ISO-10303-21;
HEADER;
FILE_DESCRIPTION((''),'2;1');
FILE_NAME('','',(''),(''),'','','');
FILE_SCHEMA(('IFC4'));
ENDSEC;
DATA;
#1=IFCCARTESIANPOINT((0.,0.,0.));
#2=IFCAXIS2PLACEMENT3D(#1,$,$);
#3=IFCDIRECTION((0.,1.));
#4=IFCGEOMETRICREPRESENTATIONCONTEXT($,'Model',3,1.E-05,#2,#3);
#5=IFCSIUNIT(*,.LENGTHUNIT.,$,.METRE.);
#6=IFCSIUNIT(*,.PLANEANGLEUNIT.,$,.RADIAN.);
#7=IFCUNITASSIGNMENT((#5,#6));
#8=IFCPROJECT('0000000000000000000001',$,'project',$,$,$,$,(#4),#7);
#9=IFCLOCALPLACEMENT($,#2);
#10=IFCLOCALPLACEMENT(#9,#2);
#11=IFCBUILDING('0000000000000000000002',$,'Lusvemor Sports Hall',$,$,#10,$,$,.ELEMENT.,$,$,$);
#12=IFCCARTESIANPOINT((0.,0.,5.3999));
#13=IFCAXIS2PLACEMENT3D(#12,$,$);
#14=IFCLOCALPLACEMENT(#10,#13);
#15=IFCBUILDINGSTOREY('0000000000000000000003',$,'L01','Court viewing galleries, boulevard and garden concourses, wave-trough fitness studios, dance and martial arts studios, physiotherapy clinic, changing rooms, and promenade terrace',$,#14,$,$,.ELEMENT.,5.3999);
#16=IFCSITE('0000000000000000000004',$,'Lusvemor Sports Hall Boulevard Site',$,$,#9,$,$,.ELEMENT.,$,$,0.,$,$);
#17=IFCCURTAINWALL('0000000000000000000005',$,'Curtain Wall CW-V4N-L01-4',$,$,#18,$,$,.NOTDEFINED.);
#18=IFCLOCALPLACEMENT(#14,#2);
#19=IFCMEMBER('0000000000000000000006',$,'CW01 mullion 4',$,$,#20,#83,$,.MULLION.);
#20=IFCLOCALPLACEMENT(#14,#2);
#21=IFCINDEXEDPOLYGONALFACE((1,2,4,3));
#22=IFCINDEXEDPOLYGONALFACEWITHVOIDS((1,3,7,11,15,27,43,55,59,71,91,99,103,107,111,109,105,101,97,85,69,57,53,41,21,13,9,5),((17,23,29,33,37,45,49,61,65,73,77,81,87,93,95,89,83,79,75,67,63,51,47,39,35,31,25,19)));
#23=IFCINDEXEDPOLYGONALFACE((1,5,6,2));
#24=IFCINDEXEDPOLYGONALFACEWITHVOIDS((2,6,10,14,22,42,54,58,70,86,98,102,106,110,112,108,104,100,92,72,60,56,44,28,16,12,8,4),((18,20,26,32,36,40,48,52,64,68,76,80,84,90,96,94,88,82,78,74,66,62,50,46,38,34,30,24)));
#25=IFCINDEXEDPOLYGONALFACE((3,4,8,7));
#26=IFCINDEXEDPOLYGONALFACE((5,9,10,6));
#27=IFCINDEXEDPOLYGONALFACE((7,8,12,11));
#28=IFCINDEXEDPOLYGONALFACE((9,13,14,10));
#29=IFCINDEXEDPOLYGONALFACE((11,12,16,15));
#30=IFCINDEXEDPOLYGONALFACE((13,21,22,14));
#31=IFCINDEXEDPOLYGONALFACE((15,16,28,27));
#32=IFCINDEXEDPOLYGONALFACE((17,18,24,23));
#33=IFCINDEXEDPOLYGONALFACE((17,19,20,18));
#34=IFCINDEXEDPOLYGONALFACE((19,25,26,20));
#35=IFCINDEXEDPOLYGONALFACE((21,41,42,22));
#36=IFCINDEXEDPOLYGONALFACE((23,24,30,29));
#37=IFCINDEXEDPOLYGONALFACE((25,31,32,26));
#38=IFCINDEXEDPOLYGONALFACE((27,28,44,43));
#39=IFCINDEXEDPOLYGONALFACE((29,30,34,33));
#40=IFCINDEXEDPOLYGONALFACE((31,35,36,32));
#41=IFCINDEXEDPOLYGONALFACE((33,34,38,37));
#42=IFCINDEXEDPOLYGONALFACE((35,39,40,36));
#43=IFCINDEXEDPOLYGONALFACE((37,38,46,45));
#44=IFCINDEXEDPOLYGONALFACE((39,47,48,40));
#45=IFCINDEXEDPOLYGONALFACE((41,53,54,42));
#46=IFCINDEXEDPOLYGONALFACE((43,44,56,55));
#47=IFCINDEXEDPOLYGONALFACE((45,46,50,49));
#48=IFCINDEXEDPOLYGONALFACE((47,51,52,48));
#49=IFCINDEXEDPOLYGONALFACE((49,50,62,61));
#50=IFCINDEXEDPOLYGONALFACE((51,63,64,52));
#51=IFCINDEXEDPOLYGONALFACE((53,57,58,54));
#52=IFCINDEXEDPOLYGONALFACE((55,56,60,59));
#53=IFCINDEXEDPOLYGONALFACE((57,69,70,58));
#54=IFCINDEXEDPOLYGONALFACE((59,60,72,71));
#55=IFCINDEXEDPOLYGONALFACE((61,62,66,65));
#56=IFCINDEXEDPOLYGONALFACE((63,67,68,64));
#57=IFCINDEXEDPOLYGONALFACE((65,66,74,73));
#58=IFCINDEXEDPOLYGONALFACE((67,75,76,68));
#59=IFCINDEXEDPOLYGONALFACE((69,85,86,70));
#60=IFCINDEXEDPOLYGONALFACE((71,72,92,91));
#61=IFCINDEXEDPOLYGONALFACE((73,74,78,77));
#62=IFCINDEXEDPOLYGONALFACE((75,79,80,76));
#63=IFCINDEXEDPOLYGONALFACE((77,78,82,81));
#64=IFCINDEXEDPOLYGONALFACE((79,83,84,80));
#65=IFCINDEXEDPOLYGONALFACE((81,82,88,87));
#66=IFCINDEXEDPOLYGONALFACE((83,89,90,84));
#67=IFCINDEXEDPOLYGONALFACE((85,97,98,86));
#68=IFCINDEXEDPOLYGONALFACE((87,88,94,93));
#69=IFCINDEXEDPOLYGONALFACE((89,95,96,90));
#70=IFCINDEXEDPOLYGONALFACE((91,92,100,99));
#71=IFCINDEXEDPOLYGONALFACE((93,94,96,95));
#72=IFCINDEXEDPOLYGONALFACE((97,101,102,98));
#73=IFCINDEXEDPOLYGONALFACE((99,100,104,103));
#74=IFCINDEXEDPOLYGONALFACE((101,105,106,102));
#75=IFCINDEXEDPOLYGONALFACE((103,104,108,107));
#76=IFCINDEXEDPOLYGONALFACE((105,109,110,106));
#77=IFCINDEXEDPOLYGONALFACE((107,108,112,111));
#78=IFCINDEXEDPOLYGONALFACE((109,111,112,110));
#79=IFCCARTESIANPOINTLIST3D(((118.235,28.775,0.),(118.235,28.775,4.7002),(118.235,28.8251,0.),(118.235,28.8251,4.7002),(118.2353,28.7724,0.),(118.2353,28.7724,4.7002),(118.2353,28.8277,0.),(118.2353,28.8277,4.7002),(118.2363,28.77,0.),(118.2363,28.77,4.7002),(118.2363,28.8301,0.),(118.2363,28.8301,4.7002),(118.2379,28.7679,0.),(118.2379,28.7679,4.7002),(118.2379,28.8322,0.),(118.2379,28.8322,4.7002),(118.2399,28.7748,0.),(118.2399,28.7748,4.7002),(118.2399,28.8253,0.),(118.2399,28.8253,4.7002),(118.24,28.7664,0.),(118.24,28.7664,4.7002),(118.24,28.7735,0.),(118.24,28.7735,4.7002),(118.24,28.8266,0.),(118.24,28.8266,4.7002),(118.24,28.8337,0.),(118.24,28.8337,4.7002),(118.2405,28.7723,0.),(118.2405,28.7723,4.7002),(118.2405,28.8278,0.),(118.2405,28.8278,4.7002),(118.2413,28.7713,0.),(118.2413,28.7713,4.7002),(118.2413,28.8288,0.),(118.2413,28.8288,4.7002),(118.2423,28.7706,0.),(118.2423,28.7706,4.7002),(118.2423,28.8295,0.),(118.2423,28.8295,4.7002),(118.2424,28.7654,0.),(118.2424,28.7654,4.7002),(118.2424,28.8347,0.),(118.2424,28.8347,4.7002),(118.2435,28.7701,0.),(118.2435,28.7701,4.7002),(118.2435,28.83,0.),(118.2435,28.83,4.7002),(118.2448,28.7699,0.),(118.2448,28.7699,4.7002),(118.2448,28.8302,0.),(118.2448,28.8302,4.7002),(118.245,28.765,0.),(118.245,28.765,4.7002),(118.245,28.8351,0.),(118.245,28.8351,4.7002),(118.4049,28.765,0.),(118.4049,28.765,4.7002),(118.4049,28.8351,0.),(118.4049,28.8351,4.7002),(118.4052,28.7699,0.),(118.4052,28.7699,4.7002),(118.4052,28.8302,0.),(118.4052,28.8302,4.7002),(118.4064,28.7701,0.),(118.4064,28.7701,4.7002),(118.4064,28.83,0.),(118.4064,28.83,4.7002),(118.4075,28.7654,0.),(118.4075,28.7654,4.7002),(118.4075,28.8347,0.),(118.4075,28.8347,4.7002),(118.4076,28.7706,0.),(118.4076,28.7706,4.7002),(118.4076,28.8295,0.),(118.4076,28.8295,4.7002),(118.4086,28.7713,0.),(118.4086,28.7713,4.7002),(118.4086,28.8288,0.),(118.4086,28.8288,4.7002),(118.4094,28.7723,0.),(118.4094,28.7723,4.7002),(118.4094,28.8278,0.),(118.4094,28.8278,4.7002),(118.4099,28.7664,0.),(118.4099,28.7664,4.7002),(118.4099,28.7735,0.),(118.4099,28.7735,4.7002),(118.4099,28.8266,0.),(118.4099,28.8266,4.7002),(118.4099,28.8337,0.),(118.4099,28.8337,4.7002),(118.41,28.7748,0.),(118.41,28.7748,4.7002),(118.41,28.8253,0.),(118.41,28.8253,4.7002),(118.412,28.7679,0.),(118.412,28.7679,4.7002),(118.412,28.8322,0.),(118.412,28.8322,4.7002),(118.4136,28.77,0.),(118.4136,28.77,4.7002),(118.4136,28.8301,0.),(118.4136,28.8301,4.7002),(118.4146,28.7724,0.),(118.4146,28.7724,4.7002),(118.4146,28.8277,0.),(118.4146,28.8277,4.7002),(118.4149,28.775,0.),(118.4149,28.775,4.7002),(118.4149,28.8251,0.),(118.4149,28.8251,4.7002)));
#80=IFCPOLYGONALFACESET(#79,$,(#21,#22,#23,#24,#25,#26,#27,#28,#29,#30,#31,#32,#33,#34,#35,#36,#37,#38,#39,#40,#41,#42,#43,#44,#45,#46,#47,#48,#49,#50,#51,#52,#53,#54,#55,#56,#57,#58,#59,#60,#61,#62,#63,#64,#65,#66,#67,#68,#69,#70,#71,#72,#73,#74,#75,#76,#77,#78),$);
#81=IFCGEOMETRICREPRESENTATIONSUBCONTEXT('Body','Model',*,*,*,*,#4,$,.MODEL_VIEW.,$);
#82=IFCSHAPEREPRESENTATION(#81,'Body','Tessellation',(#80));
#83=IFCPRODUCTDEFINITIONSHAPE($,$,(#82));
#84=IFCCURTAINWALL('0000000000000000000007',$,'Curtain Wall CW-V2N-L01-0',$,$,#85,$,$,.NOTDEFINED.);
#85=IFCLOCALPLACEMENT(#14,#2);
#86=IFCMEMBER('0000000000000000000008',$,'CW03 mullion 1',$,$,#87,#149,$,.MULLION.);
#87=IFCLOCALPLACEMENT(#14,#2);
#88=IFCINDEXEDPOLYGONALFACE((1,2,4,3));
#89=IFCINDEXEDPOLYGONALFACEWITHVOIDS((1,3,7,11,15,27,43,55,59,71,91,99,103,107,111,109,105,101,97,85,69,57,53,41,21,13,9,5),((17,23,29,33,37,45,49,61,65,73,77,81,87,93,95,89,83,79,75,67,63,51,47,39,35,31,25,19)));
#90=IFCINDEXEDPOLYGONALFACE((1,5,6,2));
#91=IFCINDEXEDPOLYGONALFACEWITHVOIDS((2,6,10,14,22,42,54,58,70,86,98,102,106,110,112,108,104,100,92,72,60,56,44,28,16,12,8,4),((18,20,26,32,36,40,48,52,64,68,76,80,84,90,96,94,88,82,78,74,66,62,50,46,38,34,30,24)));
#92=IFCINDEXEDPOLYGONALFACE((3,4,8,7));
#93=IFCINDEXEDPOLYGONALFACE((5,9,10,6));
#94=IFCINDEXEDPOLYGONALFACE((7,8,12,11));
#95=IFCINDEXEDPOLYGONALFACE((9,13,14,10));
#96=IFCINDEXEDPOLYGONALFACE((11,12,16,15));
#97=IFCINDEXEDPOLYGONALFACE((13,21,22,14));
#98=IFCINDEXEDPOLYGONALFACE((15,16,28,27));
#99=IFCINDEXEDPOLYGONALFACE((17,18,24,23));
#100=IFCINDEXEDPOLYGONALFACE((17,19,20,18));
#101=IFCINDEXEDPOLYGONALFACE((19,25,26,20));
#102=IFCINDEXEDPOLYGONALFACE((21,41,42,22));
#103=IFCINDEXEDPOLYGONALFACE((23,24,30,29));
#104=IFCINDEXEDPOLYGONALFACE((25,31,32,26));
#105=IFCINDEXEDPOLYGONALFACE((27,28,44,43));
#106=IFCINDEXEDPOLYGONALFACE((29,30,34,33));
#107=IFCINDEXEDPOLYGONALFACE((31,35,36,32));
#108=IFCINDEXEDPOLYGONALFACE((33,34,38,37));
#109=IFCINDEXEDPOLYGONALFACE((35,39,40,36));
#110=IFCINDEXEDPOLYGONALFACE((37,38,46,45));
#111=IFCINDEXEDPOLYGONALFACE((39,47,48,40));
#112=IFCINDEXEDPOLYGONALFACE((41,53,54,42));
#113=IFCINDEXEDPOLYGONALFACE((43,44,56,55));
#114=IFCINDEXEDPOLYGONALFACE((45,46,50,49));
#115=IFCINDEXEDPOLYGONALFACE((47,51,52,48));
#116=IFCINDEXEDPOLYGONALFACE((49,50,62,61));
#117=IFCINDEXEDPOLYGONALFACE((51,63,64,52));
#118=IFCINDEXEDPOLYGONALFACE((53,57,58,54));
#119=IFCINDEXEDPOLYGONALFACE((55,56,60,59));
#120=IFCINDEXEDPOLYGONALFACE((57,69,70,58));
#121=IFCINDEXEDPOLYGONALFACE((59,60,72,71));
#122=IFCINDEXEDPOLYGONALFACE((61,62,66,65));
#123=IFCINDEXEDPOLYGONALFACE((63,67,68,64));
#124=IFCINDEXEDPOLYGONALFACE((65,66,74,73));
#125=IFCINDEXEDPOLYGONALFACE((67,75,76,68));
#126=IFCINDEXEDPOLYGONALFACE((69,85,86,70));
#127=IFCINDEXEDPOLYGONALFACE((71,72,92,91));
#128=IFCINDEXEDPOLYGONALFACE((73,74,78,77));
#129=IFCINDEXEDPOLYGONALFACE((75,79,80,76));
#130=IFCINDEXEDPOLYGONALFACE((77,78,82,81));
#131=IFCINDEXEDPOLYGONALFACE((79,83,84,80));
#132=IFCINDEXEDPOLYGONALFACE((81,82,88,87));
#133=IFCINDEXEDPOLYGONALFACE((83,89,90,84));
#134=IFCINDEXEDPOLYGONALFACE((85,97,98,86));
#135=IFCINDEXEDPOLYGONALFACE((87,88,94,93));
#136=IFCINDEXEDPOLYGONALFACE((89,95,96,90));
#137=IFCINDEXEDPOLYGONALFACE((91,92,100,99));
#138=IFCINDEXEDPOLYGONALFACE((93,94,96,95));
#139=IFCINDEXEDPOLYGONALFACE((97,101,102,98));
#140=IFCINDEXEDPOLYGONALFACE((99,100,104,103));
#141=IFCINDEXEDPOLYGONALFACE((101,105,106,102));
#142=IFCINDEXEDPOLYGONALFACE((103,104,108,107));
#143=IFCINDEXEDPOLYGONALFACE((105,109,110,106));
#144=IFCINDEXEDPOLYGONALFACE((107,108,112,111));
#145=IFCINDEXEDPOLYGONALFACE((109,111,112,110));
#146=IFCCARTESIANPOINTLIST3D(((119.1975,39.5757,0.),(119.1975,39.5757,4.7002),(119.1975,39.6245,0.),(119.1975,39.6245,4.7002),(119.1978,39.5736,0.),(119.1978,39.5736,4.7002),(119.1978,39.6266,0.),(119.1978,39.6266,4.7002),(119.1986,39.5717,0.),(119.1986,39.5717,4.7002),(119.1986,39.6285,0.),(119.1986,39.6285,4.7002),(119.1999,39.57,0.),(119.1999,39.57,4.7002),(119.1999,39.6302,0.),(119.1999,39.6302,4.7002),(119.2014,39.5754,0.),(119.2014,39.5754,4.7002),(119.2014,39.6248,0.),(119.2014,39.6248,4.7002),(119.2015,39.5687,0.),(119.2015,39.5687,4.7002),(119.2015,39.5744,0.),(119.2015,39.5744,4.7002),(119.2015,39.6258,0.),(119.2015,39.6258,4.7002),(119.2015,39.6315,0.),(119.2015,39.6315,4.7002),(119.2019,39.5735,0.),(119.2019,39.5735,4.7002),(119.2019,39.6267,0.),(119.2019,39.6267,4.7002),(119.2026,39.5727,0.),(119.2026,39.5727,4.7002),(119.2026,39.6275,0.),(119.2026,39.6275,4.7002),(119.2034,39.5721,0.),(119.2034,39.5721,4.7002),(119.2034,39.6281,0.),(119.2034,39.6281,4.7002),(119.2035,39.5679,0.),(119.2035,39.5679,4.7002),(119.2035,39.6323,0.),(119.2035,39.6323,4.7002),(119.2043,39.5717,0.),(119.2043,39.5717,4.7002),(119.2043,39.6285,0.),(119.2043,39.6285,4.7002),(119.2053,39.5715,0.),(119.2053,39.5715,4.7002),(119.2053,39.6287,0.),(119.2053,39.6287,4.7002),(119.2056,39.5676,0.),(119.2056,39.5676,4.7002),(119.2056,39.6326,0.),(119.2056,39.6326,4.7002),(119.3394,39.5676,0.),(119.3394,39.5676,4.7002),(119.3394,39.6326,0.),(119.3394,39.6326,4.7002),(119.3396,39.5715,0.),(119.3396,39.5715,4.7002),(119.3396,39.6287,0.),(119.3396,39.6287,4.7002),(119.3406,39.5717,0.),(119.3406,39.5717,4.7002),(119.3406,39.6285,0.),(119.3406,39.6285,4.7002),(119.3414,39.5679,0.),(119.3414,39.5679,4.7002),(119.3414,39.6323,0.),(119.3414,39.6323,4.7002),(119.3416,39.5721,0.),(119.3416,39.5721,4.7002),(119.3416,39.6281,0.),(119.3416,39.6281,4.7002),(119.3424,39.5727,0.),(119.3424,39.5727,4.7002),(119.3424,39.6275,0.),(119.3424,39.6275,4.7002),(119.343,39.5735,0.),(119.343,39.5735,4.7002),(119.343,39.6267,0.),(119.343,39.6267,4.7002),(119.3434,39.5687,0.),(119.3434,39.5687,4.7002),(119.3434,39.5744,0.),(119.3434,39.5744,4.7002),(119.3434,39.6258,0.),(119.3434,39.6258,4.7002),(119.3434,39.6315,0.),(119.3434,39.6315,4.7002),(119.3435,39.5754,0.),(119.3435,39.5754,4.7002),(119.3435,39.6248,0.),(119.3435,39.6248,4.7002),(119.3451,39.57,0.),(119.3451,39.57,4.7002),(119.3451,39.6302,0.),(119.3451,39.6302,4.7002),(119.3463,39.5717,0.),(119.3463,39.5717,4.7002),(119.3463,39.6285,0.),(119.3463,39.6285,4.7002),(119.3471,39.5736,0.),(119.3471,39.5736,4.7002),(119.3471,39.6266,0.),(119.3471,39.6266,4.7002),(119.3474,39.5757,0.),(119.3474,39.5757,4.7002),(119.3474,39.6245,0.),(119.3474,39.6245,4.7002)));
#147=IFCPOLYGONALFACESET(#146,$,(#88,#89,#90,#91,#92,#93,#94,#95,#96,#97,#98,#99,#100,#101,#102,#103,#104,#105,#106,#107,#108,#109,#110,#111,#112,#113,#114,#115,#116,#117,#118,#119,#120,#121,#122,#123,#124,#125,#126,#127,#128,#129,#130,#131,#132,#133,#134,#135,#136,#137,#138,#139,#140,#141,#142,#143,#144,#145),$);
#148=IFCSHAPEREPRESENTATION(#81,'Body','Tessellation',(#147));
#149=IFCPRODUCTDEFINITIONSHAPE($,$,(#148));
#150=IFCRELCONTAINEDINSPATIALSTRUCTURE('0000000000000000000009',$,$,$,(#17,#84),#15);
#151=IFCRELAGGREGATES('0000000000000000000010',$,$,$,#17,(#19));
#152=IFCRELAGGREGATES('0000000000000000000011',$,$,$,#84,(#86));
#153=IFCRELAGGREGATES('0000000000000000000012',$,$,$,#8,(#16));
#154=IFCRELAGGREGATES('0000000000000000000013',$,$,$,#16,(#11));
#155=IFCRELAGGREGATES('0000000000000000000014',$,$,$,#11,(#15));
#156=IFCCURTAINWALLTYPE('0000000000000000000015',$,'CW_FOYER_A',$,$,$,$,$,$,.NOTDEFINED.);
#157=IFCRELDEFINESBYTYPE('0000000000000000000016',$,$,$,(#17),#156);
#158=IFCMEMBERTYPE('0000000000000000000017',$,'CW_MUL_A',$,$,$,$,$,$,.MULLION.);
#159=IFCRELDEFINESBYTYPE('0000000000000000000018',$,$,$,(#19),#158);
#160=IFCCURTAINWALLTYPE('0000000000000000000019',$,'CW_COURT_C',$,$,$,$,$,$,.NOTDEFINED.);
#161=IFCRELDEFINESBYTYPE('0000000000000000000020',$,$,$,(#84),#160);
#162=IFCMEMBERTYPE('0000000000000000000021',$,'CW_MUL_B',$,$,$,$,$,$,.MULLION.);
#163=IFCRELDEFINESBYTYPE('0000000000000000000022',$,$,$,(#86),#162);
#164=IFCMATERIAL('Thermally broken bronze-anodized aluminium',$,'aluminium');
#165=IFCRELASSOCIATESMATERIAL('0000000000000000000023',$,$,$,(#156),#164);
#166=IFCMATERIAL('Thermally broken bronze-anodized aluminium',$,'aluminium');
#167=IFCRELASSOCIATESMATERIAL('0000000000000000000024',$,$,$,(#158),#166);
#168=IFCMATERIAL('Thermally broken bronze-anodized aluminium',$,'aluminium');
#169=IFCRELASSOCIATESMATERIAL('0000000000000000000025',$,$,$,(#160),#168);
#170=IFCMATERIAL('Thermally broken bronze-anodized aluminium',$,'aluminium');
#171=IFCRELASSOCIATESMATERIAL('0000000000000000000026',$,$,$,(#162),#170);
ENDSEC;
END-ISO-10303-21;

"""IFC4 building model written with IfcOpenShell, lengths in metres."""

from ifc_helpers import new_model, si_unit, direction, frame, origin, origin_2d, place, context, subcontext, project, spatial, hollow_rectangle, extrude, material, material_profile, profile_set, type_object, element, aggregate, save


model = new_model("IFC4")

# Units and contexts
model_context = context("Model", 3, precision=1e-05, world=origin(), true_north=direction((0.0, 1.0)))
body_context = subcontext(model_context, "Body", "Model", "MODEL_VIEW")
ifc_project = project(units=[si_unit("LENGTHUNIT", "METRE"), si_unit("PLANEANGLEUNIT", "RADIAN")], contexts=[model_context])

# Site, building, storey
site_placement = place(None, origin())
site = spatial("IfcSite", under=ifc_project, at=site_placement, Name="Lusvemor Sports Hall Boulevard Site", CompositionType="ELEMENT", RefElevation=0.0)
building_placement = place(site_placement, origin())
building = spatial("IfcBuilding", under=site, at=building_placement, Name="Lusvemor Sports Hall", CompositionType="ELEMENT")
storey_placement = place(building_placement, frame((0.0, 0.0, 5.3999)))
storey = spatial("IfcBuildingStorey", under=building, at=storey_placement, Name="L01", Description="Court viewing galleries, boulevard and garden concourses, wave-trough fitness studios, dance and martial arts studios, physiotherapy clinic, changing rooms, and promenade terrace", CompositionType="ELEMENT", Elevation=5.3999)

# Curtain wall, member
ifc_material_1 = material(Name="Thermally broken bronze-anodized aluminium", Category="aluminium")
curtain_wall_type_1 = type_object("IfcCurtainWallType", Name="CW_FOYER_A", PredefinedType="NOTDEFINED", material=ifc_material_1)
curtain_wall_1_placement = place(storey_placement, origin())
curtain_wall_1 = element("IfcCurtainWall", 1, at=curtain_wall_1_placement, inside=storey, type_object=curtain_wall_type_1, Name="Curtain Wall CW-V4N-L01-4", PredefinedType="NOTDEFINED")
ifc_material_2 = material(Name="Thermally broken bronze-anodized aluminium", Category="aluminium")
ifc_material_profile_1 = material_profile(ifc_material_2, hollow_rectangle(XDim=0.0701, YDim=0.1799, WallThickness=0.0049, InnerFilletRadius=0.0049, OuterFilletRadius=0.01, at=origin_2d()), Name="CWMUL180x70x5")
ifc_profile_set_1 = profile_set([ifc_material_profile_1], Name="Thermally broken bronze-anodized aluminium")
member_type_1 = type_object("IfcMemberType", Name="CW_MUL_A", PredefinedType="MULLION", material=ifc_profile_set_1)
member_1_placement = place(storey_placement, frame((118.325, 28.8, 0.0), z_axis=(0.0, 0.0, 1.0), x_axis=(0.0, 1.0, 0.0)))
member_1 = element("IfcMember", 2, at=member_1_placement, type_object=member_type_1, Name="CW01 mullion 4", PredefinedType="MULLION", context=body_context, shape_type="SweptSolid", body=[
    extrude(hollow_rectangle(XDim=0.0701, YDim=0.1799, WallThickness=0.0049, InnerFilletRadius=0.0049, OuterFilletRadius=0.01, at=origin_2d()), origin(), (0.0, 0.0, 1.0), 4.7002),
])

# Curtain wall, member
ifc_material_3 = material(Name="Thermally broken bronze-anodized aluminium", Category="aluminium")
curtain_wall_type_2 = type_object("IfcCurtainWallType", Name="CW_COURT_C", PredefinedType="NOTDEFINED", material=ifc_material_3)
curtain_wall_2_placement = place(storey_placement, origin())
curtain_wall_2 = element("IfcCurtainWall", 3, at=curtain_wall_2_placement, inside=storey, type_object=curtain_wall_type_2, Name="Curtain Wall CW-V2N-L01-0", PredefinedType="NOTDEFINED")
ifc_material_4 = material(Name="Thermally broken bronze-anodized aluminium", Category="aluminium")
ifc_material_profile_2 = material_profile(ifc_material_4, hollow_rectangle(XDim=0.0649, YDim=0.1499, WallThickness=0.0039, InnerFilletRadius=0.0039, OuterFilletRadius=0.0081, at=origin_2d()), Name="CWMUL150x65x4")
ifc_profile_set_2 = profile_set([ifc_material_profile_2], Name="Thermally broken bronze-anodized aluminium")
member_type_2 = type_object("IfcMemberType", Name="CW_MUL_B", PredefinedType="MULLION", material=ifc_profile_set_2)
member_2_placement = place(storey_placement, frame((119.2725, 39.6001, 0.0), z_axis=(0.0, 0.0, 1.0), x_axis=(0.0, 1.0, 0.0)))
member_2 = element("IfcMember", 4, at=member_2_placement, type_object=member_type_2, Name="CW03 mullion 1", PredefinedType="MULLION", context=body_context, shape_type="SweptSolid", body=[
    extrude(hollow_rectangle(XDim=0.0649, YDim=0.1499, WallThickness=0.0039, InnerFilletRadius=0.0039, OuterFilletRadius=0.0081, at=origin_2d()), origin(), (0.0, 0.0, 1.0), 4.7002),
])

aggregate(curtain_wall_1, [member_1])
aggregate(curtain_wall_2, [member_2])

save(model, "model.ifc")
